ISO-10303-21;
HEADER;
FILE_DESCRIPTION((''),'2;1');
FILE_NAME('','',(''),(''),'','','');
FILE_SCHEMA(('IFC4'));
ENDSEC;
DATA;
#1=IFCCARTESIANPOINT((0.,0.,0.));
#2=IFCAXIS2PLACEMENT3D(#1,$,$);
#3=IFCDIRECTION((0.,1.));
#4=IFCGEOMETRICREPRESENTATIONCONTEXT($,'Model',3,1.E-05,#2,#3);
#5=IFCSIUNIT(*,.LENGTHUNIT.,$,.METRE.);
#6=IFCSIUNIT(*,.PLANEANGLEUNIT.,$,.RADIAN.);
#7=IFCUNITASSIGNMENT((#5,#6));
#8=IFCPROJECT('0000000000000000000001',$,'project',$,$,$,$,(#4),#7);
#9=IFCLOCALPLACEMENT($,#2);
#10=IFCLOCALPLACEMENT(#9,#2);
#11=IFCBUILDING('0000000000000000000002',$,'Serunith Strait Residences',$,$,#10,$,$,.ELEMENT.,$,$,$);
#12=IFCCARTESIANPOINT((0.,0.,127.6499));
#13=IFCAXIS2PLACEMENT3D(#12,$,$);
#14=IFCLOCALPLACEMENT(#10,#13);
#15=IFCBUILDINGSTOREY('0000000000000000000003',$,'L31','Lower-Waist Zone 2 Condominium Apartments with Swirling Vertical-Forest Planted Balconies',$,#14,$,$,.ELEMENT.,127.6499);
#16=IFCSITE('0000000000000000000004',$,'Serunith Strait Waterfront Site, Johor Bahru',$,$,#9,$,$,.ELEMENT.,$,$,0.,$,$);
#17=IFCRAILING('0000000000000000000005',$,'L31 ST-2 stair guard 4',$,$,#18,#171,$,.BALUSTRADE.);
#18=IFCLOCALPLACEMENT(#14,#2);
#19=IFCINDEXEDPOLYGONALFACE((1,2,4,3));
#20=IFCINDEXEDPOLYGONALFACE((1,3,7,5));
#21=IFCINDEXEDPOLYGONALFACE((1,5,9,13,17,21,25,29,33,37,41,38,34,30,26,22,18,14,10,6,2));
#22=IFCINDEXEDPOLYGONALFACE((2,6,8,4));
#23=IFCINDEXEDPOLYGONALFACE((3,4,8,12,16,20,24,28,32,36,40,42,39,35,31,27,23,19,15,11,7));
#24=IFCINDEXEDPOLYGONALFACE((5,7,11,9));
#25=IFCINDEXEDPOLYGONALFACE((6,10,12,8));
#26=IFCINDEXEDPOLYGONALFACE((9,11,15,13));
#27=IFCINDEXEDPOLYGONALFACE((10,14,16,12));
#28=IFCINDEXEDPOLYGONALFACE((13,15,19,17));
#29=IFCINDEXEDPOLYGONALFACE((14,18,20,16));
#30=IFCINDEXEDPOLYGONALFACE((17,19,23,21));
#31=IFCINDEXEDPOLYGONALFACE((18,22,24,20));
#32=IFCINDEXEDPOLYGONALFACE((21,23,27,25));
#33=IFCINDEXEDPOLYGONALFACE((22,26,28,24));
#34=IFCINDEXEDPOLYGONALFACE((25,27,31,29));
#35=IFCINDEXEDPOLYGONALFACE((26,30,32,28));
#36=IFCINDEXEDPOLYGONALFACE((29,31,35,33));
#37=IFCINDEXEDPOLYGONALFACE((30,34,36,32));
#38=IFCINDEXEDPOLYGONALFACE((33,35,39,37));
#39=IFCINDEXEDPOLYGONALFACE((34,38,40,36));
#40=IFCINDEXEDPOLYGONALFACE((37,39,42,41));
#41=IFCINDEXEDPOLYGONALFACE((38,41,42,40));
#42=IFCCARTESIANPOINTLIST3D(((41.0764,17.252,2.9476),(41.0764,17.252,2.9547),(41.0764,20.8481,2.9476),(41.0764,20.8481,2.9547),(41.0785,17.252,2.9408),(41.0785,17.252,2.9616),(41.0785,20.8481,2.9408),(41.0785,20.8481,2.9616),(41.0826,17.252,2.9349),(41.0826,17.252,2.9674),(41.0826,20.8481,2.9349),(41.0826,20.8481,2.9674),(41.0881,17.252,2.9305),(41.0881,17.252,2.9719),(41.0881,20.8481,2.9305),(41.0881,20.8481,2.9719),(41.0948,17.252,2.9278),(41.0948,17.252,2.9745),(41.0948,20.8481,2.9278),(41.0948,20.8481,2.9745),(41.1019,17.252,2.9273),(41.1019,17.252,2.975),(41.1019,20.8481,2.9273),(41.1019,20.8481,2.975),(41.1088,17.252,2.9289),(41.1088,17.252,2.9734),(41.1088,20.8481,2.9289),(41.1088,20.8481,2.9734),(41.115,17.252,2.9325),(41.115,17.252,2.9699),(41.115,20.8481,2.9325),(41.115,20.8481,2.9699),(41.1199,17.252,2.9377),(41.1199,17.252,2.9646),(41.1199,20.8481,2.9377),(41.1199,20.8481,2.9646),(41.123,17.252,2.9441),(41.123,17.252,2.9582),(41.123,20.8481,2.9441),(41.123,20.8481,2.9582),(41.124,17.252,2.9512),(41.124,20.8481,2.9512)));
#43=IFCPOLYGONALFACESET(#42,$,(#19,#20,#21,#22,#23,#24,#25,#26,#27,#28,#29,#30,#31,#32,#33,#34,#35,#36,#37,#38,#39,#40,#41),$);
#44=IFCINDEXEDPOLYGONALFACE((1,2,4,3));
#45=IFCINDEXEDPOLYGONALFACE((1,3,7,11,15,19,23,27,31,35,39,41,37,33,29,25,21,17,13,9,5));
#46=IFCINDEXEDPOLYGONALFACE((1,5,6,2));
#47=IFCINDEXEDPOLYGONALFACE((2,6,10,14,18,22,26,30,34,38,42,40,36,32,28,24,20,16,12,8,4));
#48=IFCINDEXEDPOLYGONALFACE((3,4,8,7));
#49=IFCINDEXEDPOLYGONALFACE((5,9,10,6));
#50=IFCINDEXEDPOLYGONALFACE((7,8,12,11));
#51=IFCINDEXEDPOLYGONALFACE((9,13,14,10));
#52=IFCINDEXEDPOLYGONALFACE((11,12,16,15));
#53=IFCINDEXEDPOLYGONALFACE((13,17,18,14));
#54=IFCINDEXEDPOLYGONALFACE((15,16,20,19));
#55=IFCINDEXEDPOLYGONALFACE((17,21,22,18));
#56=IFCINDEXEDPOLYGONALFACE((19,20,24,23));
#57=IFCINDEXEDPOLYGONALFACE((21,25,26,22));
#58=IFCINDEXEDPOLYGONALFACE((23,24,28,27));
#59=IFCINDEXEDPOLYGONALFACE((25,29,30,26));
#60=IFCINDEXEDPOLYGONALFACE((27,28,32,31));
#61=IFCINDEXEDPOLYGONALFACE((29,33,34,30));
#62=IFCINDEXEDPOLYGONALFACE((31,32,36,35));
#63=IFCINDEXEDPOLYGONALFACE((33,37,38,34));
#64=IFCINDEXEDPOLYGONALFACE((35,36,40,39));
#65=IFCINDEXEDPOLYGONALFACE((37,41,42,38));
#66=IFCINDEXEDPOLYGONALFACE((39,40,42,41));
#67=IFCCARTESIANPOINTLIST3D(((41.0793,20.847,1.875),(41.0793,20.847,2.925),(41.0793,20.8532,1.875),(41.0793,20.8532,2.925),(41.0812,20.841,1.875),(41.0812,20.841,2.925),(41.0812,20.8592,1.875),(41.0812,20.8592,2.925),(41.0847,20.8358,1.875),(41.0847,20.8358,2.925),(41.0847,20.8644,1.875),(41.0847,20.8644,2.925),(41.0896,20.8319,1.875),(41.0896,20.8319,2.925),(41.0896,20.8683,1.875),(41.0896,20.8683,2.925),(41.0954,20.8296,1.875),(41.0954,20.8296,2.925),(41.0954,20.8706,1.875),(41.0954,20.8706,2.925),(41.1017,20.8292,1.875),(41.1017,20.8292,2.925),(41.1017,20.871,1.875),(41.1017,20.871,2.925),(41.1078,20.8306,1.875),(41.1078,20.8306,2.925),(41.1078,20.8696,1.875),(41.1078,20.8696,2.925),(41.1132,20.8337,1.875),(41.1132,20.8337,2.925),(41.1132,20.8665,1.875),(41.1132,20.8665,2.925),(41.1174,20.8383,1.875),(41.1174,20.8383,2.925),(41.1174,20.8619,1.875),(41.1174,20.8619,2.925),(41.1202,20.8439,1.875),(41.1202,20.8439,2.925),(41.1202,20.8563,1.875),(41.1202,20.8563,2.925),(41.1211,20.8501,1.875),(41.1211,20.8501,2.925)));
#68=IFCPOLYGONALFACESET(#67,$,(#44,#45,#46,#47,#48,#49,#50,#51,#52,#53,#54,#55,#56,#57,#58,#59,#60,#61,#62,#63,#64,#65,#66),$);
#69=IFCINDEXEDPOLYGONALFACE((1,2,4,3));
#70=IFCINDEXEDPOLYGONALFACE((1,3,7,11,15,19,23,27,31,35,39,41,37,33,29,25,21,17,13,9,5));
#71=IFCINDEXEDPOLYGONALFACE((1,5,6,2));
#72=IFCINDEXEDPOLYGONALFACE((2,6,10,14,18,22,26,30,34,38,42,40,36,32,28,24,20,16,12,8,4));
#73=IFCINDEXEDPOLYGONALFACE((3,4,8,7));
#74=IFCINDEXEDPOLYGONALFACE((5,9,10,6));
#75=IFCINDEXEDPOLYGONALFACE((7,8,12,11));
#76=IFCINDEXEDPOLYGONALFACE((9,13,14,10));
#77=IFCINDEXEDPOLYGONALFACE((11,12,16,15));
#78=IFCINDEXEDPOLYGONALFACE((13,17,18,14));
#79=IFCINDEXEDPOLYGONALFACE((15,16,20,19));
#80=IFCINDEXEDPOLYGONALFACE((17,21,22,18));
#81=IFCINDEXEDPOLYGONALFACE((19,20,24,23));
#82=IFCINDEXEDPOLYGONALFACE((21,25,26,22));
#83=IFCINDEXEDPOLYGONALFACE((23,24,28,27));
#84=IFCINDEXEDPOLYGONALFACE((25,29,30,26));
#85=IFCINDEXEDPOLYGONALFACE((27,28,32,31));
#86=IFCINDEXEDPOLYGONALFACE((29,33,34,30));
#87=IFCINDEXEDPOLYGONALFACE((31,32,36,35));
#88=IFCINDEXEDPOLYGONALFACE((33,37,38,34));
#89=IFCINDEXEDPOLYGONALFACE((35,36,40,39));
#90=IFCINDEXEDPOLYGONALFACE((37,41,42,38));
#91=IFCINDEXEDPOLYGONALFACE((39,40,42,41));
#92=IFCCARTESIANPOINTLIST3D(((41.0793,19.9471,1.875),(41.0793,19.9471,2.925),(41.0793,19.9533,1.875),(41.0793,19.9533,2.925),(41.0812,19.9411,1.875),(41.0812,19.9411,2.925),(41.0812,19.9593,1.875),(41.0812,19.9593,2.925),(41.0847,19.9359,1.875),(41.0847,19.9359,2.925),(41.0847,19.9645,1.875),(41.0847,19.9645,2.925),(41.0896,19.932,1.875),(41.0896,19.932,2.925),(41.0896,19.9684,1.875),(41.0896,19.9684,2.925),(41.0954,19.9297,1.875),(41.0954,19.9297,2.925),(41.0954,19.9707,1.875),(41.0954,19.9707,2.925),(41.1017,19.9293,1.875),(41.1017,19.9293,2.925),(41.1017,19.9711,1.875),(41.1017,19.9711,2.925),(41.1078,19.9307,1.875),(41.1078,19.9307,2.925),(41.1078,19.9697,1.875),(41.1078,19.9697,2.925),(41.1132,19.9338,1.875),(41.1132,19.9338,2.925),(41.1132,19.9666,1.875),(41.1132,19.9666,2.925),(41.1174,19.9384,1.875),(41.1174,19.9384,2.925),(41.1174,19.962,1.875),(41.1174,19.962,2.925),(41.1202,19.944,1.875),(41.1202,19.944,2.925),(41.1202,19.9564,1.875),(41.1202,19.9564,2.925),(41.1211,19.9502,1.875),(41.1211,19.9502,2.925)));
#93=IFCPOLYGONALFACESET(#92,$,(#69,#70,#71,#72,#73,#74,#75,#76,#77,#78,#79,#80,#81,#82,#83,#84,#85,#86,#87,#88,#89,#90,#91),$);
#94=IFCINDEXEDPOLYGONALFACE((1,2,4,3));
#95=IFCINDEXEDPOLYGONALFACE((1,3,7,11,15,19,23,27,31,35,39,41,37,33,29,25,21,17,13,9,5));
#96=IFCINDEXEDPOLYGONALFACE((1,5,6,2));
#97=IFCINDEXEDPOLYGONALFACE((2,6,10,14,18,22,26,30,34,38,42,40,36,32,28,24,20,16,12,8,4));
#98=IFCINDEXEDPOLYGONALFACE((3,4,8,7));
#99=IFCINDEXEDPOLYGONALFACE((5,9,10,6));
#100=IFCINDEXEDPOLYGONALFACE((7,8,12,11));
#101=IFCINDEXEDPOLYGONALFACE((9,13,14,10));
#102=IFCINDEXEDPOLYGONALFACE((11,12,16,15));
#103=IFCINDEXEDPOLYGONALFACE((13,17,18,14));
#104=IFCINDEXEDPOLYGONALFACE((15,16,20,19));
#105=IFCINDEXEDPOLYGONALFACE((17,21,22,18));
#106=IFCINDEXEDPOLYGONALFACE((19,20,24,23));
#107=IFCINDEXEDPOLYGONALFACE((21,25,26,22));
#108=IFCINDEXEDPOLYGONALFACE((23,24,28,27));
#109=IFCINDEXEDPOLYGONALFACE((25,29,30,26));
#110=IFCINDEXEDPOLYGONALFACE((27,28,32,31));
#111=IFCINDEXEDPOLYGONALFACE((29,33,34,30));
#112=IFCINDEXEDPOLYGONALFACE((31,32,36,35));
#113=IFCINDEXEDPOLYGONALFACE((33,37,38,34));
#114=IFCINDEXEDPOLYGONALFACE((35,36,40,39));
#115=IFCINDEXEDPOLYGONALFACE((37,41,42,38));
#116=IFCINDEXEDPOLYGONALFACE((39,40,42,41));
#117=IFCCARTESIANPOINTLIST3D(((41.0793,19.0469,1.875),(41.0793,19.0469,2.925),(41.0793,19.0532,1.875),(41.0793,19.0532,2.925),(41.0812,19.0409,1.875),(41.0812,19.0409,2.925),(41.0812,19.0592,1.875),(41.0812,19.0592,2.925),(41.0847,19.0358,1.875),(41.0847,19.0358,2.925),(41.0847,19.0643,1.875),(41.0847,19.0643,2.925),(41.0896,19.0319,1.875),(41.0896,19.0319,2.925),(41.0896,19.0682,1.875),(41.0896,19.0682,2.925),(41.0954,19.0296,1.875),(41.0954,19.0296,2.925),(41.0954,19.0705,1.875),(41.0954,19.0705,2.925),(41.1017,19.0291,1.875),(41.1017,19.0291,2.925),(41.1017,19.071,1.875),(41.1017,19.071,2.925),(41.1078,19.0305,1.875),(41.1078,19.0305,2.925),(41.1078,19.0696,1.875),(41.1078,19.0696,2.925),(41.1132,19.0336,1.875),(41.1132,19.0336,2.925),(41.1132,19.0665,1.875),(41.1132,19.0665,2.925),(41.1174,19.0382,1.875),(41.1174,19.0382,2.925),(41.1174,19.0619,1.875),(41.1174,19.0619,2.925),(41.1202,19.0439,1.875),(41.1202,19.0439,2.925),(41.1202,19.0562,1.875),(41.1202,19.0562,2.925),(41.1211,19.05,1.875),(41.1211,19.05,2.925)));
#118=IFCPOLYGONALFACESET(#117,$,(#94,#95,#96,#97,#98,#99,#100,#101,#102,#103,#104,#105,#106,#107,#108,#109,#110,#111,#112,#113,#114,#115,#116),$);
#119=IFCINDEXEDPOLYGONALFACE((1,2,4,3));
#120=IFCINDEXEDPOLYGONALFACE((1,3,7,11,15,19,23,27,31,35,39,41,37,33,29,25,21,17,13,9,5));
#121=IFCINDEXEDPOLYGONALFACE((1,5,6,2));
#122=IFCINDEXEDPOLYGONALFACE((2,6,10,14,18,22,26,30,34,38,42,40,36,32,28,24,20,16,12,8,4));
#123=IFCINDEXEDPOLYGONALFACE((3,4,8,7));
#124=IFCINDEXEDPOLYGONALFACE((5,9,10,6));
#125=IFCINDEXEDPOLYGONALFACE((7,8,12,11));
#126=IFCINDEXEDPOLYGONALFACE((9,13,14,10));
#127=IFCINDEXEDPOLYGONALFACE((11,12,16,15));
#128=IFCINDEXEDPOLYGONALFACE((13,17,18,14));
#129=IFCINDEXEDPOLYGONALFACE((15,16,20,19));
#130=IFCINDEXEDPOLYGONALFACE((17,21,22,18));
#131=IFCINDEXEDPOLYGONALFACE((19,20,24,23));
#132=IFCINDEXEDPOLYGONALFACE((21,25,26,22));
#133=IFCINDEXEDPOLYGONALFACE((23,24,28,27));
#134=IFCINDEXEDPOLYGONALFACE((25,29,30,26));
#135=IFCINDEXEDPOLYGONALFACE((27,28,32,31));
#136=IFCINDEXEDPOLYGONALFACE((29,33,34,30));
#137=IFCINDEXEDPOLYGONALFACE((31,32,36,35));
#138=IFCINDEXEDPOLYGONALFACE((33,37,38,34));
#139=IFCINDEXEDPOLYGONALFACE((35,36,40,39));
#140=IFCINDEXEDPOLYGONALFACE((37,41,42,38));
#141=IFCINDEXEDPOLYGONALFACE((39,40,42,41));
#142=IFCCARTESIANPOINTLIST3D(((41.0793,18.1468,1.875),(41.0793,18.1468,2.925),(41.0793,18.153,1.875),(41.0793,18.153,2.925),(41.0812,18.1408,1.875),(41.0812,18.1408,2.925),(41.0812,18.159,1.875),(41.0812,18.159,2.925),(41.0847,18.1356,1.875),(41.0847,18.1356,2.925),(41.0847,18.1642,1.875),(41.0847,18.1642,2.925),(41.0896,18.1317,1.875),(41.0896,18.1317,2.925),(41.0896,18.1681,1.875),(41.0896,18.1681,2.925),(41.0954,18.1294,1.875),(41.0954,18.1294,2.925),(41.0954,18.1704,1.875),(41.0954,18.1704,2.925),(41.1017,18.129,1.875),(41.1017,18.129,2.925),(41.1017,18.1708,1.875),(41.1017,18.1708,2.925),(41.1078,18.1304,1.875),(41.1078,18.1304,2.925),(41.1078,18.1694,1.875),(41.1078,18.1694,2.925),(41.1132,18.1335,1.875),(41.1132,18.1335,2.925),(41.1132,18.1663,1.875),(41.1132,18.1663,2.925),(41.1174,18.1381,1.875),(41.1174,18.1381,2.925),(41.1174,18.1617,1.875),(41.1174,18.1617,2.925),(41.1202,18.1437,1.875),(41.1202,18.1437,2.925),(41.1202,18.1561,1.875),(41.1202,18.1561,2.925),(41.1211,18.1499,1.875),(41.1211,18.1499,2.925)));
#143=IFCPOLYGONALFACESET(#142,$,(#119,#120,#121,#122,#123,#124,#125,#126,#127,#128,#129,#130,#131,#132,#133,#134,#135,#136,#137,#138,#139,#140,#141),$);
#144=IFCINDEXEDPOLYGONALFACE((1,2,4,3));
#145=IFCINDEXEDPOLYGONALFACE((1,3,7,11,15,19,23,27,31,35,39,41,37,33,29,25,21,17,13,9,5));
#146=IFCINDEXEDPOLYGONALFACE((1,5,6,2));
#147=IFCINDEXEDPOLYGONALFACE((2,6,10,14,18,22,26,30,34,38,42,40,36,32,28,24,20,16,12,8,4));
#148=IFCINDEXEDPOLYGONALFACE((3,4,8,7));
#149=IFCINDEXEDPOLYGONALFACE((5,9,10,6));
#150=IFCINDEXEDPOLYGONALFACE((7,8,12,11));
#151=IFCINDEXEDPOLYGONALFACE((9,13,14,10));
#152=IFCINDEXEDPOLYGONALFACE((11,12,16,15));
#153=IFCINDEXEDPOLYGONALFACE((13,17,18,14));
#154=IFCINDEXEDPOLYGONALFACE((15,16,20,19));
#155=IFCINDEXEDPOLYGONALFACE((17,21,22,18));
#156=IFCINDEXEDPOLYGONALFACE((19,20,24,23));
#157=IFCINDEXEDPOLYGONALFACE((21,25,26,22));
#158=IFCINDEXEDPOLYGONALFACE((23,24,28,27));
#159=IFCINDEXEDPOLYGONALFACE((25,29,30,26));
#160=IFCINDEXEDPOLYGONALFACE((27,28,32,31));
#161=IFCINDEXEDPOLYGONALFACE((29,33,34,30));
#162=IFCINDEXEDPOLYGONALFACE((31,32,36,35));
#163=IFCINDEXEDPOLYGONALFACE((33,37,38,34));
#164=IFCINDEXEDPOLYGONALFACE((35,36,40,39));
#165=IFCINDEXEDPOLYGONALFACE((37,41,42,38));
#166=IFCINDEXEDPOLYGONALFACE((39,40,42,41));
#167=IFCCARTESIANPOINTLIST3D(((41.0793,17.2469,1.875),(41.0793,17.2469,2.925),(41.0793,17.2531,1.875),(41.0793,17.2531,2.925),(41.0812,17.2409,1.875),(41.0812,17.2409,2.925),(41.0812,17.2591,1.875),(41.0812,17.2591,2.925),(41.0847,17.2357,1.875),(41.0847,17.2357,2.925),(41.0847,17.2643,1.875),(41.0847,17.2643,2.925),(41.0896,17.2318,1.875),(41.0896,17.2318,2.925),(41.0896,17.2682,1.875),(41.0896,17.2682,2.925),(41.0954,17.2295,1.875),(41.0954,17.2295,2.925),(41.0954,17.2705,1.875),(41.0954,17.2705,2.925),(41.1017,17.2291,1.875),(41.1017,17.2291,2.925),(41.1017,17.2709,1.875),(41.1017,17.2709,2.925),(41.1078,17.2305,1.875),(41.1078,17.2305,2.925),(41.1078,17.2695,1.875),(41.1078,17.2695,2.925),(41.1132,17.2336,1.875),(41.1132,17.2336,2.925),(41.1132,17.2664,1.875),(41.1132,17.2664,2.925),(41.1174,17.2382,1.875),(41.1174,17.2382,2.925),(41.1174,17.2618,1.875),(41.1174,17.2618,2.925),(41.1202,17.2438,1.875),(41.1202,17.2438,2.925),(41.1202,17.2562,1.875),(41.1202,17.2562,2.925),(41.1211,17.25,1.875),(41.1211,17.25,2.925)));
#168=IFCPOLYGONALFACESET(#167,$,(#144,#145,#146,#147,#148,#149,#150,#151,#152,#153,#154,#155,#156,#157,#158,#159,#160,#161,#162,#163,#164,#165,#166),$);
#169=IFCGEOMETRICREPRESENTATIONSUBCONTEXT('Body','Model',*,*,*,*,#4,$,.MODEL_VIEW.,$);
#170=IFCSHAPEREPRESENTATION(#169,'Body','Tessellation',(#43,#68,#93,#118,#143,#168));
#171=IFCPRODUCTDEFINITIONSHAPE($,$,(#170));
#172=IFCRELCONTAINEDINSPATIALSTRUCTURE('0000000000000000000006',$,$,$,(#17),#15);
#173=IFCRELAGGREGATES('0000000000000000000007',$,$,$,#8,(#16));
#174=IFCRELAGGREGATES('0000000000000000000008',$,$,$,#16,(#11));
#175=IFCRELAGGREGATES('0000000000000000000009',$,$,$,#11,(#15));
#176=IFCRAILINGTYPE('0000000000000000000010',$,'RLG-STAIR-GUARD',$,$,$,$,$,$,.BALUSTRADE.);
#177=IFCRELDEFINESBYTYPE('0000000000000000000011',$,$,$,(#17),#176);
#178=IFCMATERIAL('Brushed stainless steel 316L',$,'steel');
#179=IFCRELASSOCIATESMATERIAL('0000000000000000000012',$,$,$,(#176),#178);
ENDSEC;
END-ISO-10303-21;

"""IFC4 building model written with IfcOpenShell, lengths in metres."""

from ifc_helpers import new_model, si_unit, direction, frame, origin, origin_2d, place, context, subcontext, project, spatial, circle, extrude, material, type_object, element, save


model = new_model("IFC4")

# Units and contexts
model_context = context("Model", 3, precision=1e-05, world=origin(), true_north=direction((0.0, 1.0)))
body_context = subcontext(model_context, "Body", "Model", "MODEL_VIEW")
ifc_project = project(units=[si_unit("LENGTHUNIT", "METRE"), si_unit("PLANEANGLEUNIT", "RADIAN")], contexts=[model_context])

# Site, building, storey
site_placement = place(None, origin())
site = spatial("IfcSite", under=ifc_project, at=site_placement, Name="Serunith Strait Waterfront Site, Johor Bahru", CompositionType="ELEMENT", RefElevation=0.0)
building_placement = place(site_placement, origin())
building = spatial("IfcBuilding", under=site, at=building_placement, Name="Serunith Strait Residences", CompositionType="ELEMENT")
storey_placement = place(building_placement, frame((0.0, 0.0, 127.6499)))
storey = spatial("IfcBuildingStorey", under=building, at=storey_placement, Name="L31", Description="Lower-Waist Zone 2 Condominium Apartments with Swirling Vertical-Forest Planted Balconies", CompositionType="ELEMENT", Elevation=127.6499)

# Railing
ifc_material_1 = material(Name="Brushed stainless steel 316L", Category="steel")
railing_type_1 = type_object("IfcRailingType", Name="RLG-STAIR-GUARD", PredefinedType="BALUSTRADE", material=ifc_material_1)
for number, where, name in (
    (1, (41.1001, 20.8501, 1.875), "L31 ST-2 stair guard 4"),
):
    element("IfcRailing", number, at=place(storey_placement, frame(where)), inside=storey, type_object=railing_type_1, Name=name, PredefinedType="BALUSTRADE", context=body_context, shape_type="SweptSolid", body=[
        extrude(circle(Radius=0.0239, at=origin_2d()), frame((0.0, -0.002, 1.0762), z_axis=(0.0, -1.0, 0.0), x_axis=(1.0, 0.0, 0.0)), (0.0, 0.0, 1.0), 3.5962),
        extrude(circle(Radius=0.021, at=origin_2d()), origin(), (0.0, 0.0, 1.0), 1.05),
        extrude(circle(Radius=0.021, at=origin_2d()), frame((0.0, -0.8999, 0.0)), (0.0, 0.0, 1.0), 1.05),
        extrude(circle(Radius=0.021, at=origin_2d()), frame((0.0, -1.8, 0.0)), (0.0, 0.0, 1.0), 1.05),
        extrude(circle(Radius=0.021, at=origin_2d()), frame((0.0, -2.7002, 0.0)), (0.0, 0.0, 1.0), 1.05),
        extrude(circle(Radius=0.021, at=origin_2d()), frame((0.0, -3.6001, 0.0)), (0.0, 0.0, 1.0), 1.05),
    ])

save(model, "model.ifc")
